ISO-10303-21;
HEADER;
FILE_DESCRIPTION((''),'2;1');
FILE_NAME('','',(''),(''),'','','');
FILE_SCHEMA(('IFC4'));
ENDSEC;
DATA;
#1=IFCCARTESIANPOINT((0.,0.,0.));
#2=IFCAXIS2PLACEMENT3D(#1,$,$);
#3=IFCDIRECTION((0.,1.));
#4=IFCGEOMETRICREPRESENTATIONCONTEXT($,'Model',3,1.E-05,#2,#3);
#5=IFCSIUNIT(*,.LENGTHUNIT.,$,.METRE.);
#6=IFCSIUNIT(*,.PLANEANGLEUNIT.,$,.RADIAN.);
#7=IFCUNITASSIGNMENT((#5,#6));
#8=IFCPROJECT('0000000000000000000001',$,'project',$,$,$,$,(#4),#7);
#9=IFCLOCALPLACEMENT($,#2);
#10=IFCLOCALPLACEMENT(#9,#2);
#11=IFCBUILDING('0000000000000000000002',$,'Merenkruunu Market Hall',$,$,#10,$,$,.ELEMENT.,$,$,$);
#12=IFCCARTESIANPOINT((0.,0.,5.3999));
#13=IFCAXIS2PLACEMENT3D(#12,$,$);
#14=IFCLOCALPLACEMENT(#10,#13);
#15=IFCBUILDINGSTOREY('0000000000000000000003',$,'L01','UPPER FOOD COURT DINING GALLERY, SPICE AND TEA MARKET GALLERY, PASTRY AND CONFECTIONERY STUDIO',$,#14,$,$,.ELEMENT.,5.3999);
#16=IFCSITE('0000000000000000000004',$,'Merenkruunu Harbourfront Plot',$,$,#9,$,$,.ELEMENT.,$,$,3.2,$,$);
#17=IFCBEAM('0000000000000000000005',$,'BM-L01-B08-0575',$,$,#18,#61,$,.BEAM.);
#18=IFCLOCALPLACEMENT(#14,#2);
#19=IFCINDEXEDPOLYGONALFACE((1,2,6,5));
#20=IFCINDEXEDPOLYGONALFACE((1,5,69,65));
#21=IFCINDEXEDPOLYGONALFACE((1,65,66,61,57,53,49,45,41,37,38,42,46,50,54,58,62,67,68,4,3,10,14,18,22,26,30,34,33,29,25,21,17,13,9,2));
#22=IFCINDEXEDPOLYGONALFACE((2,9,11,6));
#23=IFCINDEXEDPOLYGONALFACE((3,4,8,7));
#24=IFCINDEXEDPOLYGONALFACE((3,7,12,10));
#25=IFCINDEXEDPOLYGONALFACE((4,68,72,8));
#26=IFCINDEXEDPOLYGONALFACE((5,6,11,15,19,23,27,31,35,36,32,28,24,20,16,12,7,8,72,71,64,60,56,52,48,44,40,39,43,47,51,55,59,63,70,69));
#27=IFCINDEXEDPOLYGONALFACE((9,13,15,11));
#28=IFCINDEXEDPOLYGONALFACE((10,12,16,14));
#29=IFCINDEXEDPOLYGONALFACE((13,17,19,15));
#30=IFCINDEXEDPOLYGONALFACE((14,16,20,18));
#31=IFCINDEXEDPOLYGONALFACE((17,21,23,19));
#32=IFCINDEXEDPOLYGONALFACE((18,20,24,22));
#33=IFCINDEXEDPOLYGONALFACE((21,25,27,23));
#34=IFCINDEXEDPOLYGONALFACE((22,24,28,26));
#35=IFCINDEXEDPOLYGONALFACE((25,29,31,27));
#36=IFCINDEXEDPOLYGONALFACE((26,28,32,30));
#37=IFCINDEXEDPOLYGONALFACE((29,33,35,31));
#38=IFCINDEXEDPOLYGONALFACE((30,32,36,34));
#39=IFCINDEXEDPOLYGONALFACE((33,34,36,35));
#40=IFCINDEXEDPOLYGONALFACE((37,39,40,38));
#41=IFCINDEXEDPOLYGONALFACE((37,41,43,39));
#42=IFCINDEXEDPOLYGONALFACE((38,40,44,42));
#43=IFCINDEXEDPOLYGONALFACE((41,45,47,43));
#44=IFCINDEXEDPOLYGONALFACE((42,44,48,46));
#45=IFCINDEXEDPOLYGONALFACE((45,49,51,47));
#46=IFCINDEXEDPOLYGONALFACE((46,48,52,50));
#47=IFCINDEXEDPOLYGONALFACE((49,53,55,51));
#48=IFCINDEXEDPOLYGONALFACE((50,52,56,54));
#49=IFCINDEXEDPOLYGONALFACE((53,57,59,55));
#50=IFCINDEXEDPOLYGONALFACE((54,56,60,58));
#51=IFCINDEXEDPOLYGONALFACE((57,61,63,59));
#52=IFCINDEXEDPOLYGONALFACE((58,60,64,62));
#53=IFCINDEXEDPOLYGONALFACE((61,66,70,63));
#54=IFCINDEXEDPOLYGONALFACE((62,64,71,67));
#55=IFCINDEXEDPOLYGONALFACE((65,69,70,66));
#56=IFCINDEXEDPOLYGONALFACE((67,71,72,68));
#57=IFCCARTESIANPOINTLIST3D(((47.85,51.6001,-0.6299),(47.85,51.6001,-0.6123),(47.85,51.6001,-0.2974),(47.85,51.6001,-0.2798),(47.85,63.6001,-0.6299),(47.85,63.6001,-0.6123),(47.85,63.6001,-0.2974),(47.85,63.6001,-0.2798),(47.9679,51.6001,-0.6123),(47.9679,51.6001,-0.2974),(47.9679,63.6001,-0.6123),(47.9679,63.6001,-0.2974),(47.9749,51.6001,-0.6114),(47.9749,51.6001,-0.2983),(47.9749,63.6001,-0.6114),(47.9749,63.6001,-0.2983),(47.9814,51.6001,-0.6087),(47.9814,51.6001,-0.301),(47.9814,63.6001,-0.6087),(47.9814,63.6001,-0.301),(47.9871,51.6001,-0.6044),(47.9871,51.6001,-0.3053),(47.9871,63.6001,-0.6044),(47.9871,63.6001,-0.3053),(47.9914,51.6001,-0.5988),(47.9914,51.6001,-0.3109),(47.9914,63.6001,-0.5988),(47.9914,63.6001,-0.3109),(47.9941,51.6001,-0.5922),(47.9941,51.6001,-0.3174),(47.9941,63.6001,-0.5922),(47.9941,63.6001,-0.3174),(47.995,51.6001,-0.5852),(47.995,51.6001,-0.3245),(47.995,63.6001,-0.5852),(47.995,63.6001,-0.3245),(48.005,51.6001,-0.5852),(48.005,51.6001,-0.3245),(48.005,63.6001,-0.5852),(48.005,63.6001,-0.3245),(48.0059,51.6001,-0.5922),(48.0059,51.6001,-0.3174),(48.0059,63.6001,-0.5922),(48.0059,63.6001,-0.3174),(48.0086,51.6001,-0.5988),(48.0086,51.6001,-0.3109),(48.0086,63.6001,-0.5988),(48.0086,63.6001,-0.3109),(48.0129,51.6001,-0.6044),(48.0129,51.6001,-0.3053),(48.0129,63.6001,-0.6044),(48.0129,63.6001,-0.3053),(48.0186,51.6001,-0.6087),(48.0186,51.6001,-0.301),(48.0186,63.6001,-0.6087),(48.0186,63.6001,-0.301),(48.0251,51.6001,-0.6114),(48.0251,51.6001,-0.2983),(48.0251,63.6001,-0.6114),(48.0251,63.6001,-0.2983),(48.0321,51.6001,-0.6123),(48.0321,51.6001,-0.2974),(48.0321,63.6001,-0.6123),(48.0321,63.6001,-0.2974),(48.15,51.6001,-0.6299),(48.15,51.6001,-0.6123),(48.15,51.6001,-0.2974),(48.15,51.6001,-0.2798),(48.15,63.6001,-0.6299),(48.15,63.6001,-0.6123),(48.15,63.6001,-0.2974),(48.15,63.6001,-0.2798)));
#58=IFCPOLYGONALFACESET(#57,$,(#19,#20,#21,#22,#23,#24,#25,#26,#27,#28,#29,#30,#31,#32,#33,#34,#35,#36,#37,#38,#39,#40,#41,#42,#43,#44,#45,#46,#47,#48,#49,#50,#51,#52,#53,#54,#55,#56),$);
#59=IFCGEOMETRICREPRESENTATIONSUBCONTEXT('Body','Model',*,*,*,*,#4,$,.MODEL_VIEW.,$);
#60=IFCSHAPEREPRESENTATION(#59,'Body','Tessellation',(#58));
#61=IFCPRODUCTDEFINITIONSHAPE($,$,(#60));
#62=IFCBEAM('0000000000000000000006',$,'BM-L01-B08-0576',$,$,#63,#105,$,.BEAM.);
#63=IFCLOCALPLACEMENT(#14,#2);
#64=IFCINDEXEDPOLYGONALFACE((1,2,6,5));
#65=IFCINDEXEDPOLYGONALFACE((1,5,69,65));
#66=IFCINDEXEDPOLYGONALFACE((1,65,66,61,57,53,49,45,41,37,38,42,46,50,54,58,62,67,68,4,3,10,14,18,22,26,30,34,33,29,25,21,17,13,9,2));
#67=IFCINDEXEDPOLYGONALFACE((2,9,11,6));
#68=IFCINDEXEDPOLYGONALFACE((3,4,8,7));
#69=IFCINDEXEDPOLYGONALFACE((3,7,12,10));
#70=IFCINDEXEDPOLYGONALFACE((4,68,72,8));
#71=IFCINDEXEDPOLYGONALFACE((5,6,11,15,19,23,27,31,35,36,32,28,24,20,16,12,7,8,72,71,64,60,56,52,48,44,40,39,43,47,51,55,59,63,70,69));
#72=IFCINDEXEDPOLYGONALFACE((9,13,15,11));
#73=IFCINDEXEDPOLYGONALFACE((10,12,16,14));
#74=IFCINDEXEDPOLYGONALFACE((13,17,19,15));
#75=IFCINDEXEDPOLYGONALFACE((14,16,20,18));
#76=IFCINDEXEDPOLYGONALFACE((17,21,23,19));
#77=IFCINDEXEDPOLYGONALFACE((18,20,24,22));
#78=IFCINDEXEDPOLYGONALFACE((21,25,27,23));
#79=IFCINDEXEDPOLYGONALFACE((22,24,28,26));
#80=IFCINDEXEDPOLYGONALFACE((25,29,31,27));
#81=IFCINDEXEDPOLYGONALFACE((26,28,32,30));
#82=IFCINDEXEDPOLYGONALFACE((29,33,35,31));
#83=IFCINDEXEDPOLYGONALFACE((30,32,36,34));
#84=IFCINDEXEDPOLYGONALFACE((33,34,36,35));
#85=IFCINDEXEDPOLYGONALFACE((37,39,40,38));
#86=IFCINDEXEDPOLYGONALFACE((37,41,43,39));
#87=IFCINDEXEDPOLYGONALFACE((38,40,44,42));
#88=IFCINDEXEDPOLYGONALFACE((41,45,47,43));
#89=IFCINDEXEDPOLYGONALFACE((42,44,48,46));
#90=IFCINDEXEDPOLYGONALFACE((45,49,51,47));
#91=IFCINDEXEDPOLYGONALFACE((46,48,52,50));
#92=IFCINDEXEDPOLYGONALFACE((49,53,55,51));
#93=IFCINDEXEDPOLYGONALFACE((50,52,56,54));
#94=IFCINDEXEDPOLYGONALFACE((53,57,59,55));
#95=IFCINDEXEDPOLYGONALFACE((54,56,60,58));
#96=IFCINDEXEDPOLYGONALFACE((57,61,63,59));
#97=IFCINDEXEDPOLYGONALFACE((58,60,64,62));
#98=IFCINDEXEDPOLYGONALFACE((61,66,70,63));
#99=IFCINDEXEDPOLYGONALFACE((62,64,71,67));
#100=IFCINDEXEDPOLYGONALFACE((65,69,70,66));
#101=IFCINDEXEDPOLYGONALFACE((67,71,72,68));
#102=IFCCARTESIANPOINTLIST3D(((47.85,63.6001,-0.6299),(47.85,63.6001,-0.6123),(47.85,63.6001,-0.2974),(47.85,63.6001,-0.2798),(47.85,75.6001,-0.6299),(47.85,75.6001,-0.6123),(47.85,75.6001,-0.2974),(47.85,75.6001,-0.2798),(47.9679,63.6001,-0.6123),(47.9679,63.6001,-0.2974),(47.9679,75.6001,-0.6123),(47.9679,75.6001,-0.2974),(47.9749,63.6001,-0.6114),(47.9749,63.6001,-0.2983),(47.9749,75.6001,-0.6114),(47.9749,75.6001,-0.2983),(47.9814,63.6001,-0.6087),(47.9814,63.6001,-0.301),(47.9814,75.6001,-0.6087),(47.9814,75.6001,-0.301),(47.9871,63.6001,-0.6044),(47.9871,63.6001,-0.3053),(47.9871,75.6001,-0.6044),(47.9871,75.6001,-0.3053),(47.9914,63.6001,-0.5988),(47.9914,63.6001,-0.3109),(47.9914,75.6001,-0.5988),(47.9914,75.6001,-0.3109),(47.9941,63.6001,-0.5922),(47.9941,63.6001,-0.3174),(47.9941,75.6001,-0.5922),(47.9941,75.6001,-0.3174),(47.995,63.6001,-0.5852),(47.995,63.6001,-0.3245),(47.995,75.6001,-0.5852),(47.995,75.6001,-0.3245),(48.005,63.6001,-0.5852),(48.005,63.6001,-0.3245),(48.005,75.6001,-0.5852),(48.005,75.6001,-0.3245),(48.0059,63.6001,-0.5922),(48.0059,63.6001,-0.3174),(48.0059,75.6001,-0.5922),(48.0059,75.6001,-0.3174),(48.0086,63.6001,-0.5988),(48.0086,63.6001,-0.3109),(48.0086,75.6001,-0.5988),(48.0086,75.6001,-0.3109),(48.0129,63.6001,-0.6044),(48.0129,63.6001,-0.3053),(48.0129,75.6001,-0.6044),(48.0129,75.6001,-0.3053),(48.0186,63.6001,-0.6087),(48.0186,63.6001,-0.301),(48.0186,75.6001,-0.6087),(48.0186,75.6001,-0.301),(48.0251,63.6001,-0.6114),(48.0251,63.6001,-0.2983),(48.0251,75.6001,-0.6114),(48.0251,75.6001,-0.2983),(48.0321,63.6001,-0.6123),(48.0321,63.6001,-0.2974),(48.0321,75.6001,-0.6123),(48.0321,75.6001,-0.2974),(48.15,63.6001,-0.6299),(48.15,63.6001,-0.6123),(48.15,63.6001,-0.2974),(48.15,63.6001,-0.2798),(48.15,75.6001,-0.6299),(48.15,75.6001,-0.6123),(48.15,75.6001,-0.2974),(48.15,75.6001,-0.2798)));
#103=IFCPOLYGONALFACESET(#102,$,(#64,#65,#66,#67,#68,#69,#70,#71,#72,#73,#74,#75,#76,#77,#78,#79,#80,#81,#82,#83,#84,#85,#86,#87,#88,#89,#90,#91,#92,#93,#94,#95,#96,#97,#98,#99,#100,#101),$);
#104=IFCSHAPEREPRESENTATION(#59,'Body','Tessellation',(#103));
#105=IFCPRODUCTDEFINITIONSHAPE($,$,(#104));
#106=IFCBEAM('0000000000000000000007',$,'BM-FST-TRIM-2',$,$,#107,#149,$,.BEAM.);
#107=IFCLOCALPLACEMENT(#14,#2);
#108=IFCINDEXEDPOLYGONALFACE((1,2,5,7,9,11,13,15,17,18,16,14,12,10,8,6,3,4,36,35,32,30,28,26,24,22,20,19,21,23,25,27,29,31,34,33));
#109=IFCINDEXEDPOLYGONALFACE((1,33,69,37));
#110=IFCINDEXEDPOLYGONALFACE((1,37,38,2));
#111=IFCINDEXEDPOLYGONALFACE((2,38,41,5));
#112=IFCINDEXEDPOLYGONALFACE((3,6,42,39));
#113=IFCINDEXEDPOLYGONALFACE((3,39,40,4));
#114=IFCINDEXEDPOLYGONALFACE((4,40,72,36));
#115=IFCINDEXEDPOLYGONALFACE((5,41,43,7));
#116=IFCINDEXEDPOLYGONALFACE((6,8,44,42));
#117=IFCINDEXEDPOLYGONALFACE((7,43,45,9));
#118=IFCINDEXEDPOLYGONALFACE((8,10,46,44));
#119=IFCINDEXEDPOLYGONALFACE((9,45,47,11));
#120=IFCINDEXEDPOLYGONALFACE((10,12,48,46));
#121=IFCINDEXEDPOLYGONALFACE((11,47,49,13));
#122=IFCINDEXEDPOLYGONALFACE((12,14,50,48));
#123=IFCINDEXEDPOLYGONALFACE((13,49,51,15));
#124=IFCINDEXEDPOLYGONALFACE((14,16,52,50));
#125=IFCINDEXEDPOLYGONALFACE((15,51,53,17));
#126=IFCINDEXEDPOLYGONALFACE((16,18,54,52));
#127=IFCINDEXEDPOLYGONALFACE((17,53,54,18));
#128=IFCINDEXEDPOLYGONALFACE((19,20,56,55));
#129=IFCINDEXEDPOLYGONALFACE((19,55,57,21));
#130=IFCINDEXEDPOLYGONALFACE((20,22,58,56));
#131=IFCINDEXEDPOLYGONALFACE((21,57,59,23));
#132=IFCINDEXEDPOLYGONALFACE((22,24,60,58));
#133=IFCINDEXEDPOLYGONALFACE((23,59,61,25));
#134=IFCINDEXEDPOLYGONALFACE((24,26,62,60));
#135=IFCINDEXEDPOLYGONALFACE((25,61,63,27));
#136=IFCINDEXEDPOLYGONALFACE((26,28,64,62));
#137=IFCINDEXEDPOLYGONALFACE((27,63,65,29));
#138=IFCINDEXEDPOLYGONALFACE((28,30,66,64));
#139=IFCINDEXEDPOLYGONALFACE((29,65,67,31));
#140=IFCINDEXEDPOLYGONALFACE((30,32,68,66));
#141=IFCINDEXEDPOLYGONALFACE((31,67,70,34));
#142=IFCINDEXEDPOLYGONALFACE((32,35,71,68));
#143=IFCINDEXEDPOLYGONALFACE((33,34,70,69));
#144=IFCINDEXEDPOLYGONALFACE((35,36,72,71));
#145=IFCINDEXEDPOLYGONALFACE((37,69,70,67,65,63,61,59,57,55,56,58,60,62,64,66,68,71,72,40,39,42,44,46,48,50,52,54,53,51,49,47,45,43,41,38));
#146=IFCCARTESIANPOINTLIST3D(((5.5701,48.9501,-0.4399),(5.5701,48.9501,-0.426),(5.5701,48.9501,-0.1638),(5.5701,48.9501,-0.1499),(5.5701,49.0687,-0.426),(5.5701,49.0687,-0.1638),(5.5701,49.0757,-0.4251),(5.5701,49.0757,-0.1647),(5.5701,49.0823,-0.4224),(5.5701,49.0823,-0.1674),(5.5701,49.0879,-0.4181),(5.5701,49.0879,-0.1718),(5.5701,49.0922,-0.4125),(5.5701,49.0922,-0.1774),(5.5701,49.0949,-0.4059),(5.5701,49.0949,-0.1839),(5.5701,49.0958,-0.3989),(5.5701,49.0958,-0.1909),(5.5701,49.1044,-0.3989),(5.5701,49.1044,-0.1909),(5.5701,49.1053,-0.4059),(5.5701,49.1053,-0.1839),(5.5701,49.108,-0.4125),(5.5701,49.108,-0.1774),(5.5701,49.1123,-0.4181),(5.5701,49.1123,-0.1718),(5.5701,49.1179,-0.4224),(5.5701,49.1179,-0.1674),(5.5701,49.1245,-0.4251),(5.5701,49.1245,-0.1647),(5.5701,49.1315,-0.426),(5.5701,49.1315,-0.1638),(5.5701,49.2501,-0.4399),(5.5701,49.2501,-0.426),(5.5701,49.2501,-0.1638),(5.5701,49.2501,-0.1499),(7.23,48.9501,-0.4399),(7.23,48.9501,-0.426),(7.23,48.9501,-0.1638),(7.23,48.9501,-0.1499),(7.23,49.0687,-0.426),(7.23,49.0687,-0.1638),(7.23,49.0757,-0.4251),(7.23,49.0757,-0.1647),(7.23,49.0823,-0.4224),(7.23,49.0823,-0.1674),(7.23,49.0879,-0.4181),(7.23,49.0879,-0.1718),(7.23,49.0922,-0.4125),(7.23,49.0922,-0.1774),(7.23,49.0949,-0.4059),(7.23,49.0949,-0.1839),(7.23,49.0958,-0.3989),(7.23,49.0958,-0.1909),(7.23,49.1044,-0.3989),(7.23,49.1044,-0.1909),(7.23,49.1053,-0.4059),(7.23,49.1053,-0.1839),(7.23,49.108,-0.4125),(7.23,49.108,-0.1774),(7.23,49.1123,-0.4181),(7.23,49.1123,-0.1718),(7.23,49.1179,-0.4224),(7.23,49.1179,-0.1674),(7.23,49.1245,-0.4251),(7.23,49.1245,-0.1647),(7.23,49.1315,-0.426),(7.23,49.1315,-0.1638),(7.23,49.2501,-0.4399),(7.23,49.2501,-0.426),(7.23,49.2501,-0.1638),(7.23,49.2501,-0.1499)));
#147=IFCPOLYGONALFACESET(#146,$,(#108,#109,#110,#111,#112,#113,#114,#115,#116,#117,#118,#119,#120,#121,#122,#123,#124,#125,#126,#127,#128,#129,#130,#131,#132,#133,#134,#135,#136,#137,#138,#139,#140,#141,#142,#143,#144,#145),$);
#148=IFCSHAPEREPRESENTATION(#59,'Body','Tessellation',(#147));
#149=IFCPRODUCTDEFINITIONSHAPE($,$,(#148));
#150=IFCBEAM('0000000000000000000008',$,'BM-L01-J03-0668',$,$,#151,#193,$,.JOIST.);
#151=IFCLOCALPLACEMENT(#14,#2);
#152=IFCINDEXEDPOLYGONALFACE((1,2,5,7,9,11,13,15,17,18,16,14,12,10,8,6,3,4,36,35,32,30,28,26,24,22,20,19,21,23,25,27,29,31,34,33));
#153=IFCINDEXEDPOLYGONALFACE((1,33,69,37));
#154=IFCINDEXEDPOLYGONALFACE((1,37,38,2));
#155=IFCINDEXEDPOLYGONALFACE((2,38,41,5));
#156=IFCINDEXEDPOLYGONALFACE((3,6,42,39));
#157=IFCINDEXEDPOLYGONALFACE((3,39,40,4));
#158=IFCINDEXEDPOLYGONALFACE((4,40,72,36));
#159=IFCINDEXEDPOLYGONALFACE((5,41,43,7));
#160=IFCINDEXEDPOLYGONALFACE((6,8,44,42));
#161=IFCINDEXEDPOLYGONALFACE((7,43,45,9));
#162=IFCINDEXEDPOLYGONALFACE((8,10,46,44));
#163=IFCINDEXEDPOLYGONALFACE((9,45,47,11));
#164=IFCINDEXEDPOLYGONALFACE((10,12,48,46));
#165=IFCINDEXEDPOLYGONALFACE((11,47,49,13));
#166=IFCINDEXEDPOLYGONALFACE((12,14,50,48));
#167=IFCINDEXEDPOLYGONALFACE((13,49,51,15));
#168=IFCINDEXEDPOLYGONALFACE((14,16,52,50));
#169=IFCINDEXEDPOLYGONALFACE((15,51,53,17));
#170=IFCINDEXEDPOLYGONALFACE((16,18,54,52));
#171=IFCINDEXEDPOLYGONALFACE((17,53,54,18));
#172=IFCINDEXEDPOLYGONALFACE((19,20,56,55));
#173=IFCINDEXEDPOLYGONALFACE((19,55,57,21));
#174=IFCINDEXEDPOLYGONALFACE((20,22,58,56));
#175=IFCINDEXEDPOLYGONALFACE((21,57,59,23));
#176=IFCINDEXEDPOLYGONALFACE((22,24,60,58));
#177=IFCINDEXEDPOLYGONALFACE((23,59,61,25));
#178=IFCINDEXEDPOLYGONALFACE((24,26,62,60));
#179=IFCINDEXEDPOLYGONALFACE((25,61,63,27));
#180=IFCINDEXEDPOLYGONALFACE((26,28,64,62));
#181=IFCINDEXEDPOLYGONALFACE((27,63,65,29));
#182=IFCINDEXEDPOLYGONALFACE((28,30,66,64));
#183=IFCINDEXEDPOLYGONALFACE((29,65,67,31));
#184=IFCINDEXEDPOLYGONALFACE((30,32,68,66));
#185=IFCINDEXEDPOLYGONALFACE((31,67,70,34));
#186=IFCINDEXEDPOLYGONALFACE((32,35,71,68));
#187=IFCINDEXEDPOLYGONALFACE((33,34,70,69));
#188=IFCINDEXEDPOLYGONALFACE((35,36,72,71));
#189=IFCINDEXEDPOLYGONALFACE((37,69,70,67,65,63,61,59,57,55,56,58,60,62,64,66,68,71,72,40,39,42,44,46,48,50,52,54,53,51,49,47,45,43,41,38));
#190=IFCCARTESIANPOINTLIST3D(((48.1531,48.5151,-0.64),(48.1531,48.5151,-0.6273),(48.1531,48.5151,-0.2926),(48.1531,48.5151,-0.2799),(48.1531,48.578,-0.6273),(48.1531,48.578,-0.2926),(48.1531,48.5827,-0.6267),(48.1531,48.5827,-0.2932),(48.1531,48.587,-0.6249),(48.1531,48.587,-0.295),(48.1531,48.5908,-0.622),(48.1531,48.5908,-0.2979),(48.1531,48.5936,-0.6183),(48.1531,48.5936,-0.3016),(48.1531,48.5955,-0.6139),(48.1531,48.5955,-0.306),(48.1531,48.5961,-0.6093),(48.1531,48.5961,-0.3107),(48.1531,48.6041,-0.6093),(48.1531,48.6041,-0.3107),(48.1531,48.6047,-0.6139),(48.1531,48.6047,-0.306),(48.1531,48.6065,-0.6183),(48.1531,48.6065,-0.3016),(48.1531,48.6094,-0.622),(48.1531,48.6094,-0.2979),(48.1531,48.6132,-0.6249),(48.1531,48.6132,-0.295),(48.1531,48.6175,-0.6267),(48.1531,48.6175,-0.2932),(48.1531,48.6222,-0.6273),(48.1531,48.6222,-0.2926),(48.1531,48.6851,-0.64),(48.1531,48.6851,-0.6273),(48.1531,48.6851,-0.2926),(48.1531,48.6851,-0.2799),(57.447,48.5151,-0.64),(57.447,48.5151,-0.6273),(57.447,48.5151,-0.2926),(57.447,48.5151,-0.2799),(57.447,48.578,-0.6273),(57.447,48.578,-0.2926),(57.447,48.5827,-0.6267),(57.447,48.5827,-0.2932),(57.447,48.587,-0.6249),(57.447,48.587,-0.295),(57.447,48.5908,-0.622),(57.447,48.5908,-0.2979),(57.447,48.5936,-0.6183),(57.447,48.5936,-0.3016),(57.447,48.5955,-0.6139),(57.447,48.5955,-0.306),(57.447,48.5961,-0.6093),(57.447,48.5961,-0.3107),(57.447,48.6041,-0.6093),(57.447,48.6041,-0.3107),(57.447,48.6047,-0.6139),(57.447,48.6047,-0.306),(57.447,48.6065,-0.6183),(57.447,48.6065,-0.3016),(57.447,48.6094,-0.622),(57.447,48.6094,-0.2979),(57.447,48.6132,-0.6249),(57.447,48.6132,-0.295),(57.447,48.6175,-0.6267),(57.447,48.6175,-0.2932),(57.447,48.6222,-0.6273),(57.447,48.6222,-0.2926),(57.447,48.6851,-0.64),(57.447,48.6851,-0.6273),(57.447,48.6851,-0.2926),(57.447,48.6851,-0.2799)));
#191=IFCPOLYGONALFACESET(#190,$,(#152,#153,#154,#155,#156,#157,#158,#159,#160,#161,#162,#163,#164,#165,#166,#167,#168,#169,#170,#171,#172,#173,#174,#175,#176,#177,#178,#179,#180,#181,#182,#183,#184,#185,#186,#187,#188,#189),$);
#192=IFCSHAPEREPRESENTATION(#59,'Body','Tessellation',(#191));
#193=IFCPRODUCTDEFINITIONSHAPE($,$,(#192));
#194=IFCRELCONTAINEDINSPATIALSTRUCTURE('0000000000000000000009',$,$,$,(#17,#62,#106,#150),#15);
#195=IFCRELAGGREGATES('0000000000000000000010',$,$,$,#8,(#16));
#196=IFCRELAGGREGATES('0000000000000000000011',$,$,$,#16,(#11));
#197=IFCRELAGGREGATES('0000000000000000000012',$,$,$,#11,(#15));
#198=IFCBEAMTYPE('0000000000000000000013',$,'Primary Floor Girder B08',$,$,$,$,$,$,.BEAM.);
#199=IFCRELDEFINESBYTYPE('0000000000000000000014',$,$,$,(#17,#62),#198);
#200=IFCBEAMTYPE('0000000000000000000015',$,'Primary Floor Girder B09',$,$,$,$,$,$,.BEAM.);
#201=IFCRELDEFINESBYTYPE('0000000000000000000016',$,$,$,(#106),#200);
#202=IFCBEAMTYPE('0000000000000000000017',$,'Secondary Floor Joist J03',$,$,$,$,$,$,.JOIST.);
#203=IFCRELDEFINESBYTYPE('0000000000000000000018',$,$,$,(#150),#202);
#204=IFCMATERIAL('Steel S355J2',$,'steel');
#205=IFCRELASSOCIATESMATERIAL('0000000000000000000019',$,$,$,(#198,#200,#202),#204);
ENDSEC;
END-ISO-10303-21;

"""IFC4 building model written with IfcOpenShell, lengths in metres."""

from ifc_helpers import new_model, si_unit, direction, frame, origin, origin_2d, place, context, subcontext, project, spatial, i_section, extrude, material, material_profile, profile_set, type_object, element, save


model = new_model("IFC4")

# Units and contexts
model_context = context("Model", 3, precision=1e-05, world=origin(), true_north=direction((0.0, 1.0)))
body_context = subcontext(model_context, "Body", "Model", "MODEL_VIEW")
ifc_project = project(units=[si_unit("LENGTHUNIT", "METRE"), si_unit("PLANEANGLEUNIT", "RADIAN")], contexts=[model_context])

# Site, building, storey
site_placement = place(None, origin())
site = spatial("IfcSite", under=ifc_project, at=site_placement, Name="Merenkruunu Harbourfront Plot", CompositionType="ELEMENT", RefElevation=3.2)
building_placement = place(site_placement, origin())
building = spatial("IfcBuilding", under=site, at=building_placement, Name="Merenkruunu Market Hall", CompositionType="ELEMENT")
storey_placement = place(building_placement, frame((0.0, 0.0, 5.3999)))
storey = spatial("IfcBuildingStorey", under=building, at=storey_placement, Name="L01", Description="UPPER FOOD COURT DINING GALLERY, SPICE AND TEA MARKET GALLERY, PASTRY AND CONFECTIONERY STUDIO", CompositionType="ELEMENT", Elevation=5.3999)

# Shared definitions
ifc_material_1 = material(Name="Steel S355J2", Category="steel")

# Beams
ifc_material_profile_1 = material_profile(ifc_material_1, i_section(OverallWidth=0.3, OverallDepth=0.3501, WebThickness=0.01, FlangeThickness=0.0176, FilletRadius=0.0271, at=origin_2d()), Name="HEA 360")
ifc_profile_set_1 = profile_set([ifc_material_profile_1], Name="Steel S355J2")
beam_type_1 = type_object("IfcBeamType", Name="Primary Floor Girder B08", PredefinedType="BEAM", material=ifc_profile_set_1)
for number, where, z_axis, x_axis, name in (
    (1, (48.0, 51.6001, -0.4548), (0.0, 1.0, 0.0), (-1.0, 0.0, 0.0), "BM-L01-B08-0575"),
    (2, (48.0, 63.6001, -0.4548), (0.0, 1.0, 0.0), (-1.0, 0.0, 0.0), "BM-L01-B08-0576"),
):
    element("IfcBeam", number, at=place(storey_placement, frame(where, z_axis=z_axis, x_axis=x_axis)), inside=storey, type_object=beam_type_1, Name=name, PredefinedType="BEAM", context=body_context, shape_type="SweptSolid", body=[
        extrude(i_section(OverallWidth=0.3, OverallDepth=0.3501, WebThickness=0.01, FlangeThickness=0.0176, FilletRadius=0.0271, at=origin_2d()), origin(), (0.0, 0.0, 1.0), 12.0),
    ])
ifc_material_profile_2 = material_profile(ifc_material_1, i_section(OverallWidth=0.3, OverallDepth=0.29, WebThickness=0.0085, FlangeThickness=0.0139, FilletRadius=0.0271, at=origin_2d()), Name="HEA 300")
ifc_profile_set_2 = profile_set([ifc_material_profile_2], Name="Steel S355J2")
beam_type_2 = type_object("IfcBeamType", Name="Primary Floor Girder B09", PredefinedType="BEAM", material=ifc_profile_set_2)
beam_1_placement = place(storey_placement, frame((5.5701, 49.1001, -0.2949), z_axis=(1.0, 0.0, 0.0), x_axis=(0.0, 1.0, 0.0)))
element("IfcBeam", 3, at=beam_1_placement, inside=storey, type_object=beam_type_2, Name="BM-FST-TRIM-2", PredefinedType="BEAM", context=body_context, shape_type="SweptSolid", body=[
    extrude(i_section(OverallWidth=0.3, OverallDepth=0.29, WebThickness=0.0085, FlangeThickness=0.0139, FilletRadius=0.0271, at=origin_2d()), origin(), (0.0, 0.0, 1.0), 1.6599),
])
ifc_material_profile_3 = material_profile(ifc_material_1, i_section(OverallWidth=0.1699, OverallDepth=0.3601, WebThickness=0.0081, FlangeThickness=0.0127, FilletRadius=0.0181, at=origin_2d()), Name="IPE 360")
ifc_profile_set_3 = profile_set([ifc_material_profile_3], Name="Steel S355J2")
beam_type_3 = type_object("IfcBeamType", Name="Secondary Floor Joist J03", PredefinedType="JOIST", material=ifc_profile_set_3)
beam_2_placement = place(storey_placement, frame((48.1531, 48.6001, -0.46), z_axis=(1.0, 0.0, 0.0), x_axis=(0.0, 1.0, 0.0)))
element("IfcBeam", 4, at=beam_2_placement, inside=storey, type_object=beam_type_3, Name="BM-L01-J03-0668", PredefinedType="JOIST", context=body_context, shape_type="SweptSolid", body=[
    extrude(i_section(OverallWidth=0.1699, OverallDepth=0.3601, WebThickness=0.0081, FlangeThickness=0.0127, FilletRadius=0.0181, at=origin_2d()), origin(), (0.0, 0.0, 1.0), 9.2939),
])

save(model, "model.ifc")
